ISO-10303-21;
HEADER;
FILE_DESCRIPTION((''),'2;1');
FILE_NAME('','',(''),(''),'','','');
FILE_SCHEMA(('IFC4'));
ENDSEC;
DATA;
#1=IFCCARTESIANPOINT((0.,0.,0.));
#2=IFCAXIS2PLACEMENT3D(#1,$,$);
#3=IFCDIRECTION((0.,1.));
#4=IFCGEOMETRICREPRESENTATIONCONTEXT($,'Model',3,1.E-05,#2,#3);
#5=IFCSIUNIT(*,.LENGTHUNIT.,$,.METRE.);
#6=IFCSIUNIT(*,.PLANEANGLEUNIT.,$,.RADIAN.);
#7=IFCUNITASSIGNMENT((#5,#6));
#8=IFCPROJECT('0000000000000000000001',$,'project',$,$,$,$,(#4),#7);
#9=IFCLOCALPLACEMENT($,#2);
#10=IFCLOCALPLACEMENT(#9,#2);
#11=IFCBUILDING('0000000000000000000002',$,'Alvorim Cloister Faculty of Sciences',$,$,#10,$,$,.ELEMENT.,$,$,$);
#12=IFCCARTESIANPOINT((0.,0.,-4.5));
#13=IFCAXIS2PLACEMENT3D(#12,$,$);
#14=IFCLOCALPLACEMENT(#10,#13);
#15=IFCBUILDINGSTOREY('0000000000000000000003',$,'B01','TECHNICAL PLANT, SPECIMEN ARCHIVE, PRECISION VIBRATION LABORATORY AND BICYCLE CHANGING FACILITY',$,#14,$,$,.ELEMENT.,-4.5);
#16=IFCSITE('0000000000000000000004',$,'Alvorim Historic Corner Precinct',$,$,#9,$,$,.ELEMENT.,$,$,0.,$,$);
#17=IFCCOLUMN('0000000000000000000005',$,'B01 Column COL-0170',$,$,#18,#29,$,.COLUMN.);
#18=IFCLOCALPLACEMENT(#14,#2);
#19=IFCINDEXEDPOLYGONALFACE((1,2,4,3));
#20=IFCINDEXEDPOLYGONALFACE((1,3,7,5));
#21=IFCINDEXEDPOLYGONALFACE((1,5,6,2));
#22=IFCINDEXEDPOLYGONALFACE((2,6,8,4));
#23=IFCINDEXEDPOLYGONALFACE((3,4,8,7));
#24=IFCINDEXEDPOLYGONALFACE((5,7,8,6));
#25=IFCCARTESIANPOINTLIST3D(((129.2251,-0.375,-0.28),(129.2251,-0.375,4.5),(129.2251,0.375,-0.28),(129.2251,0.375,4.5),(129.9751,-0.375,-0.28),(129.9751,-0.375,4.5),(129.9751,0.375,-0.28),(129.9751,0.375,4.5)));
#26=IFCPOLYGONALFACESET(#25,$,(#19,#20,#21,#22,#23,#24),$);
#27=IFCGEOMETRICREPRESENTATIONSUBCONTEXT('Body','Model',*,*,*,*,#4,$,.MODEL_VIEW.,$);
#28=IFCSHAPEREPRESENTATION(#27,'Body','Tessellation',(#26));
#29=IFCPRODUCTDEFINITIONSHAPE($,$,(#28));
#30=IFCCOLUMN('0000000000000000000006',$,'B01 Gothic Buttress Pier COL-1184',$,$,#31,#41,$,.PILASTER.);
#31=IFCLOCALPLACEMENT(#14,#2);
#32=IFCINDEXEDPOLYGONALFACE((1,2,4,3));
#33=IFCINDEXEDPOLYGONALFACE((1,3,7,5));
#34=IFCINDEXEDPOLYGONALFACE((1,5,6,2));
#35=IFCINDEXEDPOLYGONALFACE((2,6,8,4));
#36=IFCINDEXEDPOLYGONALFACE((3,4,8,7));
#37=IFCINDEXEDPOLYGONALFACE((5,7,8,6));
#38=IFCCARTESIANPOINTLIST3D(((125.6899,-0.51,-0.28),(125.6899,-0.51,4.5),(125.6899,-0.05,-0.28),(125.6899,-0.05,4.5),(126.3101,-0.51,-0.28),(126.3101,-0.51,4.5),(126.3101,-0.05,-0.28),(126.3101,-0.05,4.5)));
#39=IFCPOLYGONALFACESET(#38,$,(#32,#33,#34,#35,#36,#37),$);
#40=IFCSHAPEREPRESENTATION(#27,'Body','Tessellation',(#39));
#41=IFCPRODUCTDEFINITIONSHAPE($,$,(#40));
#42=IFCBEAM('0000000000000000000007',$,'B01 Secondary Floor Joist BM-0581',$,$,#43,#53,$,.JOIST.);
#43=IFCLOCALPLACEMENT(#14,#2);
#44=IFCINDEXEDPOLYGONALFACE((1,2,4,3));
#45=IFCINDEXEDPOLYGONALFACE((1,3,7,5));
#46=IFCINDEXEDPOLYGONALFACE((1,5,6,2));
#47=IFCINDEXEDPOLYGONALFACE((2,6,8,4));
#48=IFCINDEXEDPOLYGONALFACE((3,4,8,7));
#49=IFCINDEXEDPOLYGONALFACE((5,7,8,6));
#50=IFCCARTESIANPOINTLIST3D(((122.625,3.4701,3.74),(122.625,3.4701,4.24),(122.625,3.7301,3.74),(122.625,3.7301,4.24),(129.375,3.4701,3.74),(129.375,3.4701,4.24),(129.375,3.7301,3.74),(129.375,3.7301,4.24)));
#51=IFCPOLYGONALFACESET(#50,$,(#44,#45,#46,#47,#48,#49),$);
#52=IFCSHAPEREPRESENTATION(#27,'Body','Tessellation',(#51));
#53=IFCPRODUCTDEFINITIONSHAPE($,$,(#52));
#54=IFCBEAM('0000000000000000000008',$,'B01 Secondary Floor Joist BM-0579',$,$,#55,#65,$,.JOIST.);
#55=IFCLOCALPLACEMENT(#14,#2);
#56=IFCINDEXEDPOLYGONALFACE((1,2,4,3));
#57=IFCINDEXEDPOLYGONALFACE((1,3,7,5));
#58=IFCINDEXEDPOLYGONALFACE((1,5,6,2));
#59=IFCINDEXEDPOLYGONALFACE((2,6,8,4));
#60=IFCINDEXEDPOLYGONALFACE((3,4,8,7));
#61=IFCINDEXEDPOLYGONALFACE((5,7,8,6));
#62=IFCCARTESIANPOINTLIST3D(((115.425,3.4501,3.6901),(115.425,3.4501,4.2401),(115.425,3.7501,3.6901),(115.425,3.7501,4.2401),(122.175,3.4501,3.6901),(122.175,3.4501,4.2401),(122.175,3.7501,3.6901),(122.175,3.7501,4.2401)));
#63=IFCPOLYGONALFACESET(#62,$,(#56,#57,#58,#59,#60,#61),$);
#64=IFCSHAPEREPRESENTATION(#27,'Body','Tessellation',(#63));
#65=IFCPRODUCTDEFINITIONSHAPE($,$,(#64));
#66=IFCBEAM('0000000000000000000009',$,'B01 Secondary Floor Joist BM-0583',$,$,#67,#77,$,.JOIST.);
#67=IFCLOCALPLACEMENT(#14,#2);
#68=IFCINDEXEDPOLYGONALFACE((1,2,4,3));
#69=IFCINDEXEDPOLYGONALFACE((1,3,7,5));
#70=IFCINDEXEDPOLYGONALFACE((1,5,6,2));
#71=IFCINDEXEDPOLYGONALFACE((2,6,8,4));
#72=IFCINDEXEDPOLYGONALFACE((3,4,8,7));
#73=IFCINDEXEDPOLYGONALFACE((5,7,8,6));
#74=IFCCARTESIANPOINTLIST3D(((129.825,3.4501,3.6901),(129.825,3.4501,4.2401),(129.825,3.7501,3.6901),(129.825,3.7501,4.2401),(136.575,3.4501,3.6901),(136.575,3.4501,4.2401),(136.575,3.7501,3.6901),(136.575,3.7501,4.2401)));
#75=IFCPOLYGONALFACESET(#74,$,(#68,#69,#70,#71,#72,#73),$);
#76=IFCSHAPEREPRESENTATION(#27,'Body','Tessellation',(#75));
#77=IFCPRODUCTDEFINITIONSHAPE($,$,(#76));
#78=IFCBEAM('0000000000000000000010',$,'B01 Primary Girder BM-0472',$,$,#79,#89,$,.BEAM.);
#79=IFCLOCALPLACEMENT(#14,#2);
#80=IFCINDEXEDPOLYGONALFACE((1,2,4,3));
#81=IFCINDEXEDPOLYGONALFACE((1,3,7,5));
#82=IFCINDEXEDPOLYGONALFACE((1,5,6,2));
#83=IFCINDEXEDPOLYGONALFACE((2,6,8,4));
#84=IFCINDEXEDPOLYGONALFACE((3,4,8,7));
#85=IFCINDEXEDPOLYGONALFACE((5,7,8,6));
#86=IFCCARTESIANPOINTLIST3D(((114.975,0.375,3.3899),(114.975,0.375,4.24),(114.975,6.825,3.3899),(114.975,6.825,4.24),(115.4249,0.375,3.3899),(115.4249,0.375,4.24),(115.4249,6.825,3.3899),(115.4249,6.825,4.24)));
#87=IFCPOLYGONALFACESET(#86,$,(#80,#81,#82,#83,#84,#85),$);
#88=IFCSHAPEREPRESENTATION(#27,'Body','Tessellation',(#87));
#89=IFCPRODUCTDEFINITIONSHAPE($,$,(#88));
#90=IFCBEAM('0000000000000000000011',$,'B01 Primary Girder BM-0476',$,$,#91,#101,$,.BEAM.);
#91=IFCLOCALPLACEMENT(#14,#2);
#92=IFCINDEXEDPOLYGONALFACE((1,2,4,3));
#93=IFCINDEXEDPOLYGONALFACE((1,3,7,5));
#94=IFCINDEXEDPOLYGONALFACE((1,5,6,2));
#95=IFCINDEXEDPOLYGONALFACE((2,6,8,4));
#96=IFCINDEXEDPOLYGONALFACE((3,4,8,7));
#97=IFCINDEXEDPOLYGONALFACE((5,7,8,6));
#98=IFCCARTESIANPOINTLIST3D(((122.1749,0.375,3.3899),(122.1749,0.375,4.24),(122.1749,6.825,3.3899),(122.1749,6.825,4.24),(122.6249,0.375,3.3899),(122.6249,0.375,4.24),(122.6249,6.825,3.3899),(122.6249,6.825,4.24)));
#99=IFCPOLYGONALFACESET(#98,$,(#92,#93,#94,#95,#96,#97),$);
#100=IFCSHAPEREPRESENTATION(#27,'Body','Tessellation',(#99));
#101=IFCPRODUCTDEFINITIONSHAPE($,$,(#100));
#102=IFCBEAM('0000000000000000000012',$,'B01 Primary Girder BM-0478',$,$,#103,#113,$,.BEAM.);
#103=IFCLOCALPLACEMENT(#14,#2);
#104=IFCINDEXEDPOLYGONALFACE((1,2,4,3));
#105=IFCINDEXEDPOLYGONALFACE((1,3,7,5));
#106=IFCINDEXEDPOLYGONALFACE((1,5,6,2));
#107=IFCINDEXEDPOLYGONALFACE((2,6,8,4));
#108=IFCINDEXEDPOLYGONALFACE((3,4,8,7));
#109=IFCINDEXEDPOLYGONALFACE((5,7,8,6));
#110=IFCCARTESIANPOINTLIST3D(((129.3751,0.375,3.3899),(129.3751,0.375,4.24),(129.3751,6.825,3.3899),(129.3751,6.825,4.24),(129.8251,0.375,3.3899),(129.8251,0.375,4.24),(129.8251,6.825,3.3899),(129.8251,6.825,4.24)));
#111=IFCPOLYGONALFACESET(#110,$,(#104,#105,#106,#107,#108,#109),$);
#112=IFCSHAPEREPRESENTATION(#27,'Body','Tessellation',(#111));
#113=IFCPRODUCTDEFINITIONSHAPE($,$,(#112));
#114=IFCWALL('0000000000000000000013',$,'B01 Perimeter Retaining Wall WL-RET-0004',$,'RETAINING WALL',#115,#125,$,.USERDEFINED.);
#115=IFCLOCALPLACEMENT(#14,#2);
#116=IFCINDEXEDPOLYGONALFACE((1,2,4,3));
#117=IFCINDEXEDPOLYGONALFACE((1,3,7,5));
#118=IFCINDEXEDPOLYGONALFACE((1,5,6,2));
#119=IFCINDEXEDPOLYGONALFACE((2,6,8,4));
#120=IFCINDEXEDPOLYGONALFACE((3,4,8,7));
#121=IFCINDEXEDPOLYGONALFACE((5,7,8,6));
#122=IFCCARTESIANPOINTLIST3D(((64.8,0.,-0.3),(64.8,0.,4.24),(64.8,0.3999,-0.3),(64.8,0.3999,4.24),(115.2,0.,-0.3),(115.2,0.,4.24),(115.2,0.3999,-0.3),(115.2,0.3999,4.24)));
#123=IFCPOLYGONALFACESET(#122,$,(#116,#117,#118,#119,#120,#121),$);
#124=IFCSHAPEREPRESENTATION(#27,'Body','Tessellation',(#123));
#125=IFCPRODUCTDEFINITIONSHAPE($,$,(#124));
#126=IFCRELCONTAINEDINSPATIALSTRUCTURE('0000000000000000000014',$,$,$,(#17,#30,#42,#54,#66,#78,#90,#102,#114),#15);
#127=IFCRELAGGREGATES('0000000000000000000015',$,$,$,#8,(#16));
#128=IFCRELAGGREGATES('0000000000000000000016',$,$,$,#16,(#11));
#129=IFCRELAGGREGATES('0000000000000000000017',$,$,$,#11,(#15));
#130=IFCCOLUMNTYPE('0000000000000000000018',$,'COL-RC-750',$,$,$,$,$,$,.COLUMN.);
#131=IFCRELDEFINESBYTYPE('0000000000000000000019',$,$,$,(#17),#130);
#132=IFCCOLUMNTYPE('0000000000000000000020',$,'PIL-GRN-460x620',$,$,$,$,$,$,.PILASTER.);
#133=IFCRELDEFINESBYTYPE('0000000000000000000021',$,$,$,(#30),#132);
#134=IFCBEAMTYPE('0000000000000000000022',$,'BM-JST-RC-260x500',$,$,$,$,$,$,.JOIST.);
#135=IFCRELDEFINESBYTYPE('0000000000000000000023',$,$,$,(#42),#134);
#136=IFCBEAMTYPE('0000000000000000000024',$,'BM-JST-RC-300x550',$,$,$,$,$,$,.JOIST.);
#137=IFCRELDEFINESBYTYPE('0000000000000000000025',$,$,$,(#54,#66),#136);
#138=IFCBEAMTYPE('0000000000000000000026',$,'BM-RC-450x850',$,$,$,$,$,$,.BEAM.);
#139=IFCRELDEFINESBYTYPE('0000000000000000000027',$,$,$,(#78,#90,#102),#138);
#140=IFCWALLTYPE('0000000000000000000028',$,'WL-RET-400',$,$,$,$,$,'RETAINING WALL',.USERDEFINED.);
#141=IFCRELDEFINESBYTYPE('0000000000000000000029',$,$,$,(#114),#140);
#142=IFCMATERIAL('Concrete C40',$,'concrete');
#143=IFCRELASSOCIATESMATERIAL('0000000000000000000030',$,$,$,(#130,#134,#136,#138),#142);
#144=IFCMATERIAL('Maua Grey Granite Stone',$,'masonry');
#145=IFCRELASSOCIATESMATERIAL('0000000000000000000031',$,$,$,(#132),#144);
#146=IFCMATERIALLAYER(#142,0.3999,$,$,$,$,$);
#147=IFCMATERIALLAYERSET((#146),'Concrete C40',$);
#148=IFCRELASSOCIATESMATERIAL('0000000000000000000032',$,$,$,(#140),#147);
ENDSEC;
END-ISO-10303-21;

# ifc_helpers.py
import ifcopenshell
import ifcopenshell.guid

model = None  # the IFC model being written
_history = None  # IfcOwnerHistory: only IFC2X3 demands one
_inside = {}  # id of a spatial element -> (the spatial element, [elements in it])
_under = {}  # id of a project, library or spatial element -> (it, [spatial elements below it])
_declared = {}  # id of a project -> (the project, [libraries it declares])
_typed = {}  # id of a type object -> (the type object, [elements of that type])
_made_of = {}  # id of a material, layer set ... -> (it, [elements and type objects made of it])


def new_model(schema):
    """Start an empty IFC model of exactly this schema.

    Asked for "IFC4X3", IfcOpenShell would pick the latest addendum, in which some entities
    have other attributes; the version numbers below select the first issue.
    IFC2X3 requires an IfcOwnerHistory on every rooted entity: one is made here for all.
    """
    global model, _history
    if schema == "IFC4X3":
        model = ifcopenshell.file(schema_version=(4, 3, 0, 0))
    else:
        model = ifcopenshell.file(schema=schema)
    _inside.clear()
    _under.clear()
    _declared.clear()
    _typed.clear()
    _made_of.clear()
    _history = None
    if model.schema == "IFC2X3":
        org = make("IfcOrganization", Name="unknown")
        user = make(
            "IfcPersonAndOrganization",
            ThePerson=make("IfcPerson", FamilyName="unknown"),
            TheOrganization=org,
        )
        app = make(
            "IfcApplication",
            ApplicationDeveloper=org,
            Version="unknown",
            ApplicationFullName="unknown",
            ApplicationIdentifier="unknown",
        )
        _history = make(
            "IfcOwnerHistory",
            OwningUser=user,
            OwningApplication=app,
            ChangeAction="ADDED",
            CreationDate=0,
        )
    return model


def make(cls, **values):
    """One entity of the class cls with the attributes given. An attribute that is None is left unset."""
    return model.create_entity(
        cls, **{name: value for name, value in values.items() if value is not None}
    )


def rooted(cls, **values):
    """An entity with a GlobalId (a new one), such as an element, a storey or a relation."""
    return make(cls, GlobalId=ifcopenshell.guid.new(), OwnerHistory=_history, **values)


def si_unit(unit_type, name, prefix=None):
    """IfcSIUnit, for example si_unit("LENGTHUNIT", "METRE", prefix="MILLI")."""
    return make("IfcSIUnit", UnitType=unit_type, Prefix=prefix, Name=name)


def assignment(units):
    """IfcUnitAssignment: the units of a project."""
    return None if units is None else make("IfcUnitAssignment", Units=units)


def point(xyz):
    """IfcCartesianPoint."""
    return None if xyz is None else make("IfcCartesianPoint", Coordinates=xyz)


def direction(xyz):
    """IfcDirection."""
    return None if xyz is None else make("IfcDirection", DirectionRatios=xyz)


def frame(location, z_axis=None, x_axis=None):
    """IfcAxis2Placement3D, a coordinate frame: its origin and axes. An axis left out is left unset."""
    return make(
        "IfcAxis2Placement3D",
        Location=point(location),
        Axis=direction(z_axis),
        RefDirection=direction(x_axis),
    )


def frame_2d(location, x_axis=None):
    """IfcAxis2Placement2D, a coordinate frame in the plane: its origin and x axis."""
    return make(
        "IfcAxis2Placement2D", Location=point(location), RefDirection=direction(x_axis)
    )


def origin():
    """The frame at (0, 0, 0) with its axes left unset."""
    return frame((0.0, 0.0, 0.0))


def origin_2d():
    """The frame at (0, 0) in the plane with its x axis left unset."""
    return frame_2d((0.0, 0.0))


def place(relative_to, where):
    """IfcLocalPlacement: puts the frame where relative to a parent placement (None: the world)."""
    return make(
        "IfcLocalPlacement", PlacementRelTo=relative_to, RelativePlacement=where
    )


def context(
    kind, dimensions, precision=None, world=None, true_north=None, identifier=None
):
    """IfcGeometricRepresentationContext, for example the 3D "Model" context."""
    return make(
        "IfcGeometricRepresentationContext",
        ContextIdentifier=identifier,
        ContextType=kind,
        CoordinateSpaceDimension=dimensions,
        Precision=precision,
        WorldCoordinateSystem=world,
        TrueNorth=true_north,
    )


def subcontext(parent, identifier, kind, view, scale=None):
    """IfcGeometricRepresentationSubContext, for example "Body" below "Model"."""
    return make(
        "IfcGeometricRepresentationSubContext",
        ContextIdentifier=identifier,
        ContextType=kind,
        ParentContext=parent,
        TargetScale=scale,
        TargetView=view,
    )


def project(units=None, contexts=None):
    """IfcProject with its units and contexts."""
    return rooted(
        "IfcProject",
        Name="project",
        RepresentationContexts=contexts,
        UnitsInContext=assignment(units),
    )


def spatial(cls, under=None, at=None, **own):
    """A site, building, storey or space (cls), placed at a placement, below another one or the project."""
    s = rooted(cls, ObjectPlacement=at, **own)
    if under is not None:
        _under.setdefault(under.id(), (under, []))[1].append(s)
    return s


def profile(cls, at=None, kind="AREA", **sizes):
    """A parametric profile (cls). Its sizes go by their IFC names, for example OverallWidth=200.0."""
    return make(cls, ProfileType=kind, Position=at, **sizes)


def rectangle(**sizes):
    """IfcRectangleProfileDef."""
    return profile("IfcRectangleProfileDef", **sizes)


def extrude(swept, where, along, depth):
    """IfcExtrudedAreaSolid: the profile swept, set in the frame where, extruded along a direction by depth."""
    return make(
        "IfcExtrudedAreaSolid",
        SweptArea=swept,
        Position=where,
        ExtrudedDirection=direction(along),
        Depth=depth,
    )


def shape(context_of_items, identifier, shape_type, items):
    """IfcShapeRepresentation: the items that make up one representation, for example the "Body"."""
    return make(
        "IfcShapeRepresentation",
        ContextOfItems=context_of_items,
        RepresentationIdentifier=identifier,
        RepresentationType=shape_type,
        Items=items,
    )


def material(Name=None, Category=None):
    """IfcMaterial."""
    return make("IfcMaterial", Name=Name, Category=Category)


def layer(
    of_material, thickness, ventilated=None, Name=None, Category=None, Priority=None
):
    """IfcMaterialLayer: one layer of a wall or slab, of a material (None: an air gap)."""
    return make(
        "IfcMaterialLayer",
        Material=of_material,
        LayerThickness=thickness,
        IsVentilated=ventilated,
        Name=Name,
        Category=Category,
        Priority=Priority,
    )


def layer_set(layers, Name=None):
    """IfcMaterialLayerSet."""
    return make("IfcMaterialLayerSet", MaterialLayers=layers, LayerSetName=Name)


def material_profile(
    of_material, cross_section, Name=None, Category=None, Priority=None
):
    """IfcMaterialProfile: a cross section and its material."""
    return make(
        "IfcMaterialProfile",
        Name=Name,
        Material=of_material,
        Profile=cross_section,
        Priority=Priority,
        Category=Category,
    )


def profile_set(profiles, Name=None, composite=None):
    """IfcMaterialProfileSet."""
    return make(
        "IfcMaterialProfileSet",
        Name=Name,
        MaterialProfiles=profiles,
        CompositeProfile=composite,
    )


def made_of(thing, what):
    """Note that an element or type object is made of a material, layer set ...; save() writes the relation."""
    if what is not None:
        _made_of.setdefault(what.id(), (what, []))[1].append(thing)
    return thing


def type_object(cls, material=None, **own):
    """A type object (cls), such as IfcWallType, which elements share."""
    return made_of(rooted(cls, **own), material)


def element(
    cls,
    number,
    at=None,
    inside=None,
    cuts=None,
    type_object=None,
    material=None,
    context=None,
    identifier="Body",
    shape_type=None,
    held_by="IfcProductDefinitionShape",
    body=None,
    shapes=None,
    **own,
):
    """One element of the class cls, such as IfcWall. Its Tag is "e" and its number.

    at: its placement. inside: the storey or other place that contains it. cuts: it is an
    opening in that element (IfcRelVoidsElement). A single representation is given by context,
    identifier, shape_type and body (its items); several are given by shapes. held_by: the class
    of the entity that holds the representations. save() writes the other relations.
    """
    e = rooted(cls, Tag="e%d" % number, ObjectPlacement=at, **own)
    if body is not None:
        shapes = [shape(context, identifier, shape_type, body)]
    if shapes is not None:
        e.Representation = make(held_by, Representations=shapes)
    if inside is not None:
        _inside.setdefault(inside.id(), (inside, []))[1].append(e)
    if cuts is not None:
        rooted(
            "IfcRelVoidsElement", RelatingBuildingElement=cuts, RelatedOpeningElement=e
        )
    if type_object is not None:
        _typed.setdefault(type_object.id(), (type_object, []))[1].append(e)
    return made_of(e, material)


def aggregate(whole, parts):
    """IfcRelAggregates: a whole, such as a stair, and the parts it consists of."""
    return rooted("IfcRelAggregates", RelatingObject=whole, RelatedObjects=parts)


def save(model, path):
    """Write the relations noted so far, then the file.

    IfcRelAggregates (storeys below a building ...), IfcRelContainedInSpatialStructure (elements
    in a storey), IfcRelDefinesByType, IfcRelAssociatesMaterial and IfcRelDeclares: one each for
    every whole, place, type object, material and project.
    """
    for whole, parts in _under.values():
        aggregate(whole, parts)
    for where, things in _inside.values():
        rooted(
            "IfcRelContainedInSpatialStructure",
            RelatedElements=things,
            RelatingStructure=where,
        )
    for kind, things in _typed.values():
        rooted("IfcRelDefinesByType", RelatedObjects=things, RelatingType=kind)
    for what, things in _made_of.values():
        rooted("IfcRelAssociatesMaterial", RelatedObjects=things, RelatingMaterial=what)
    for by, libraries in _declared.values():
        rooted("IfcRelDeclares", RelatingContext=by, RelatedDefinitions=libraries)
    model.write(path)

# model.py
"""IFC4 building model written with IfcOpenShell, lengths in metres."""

from ifc_helpers import new_model, si_unit, direction, frame, frame_2d, origin, origin_2d, place, context, subcontext, project, spatial, rectangle, extrude, material, layer, layer_set, material_profile, profile_set, type_object, element, save


model = new_model("IFC4")

# Units and contexts
model_context = context("Model", 3, precision=1e-05, world=origin(), true_north=direction((0.0, 1.0)))
body_context = subcontext(model_context, "Body", "Model", "MODEL_VIEW")
ifc_project = project(units=[si_unit("LENGTHUNIT", "METRE"), si_unit("PLANEANGLEUNIT", "RADIAN")], contexts=[model_context])

# Site, building, storey
site_placement = place(None, origin())
site = spatial("IfcSite", under=ifc_project, at=site_placement, Name="Alvorim Historic Corner Precinct", CompositionType="ELEMENT", RefElevation=0.0)
building_placement = place(site_placement, origin())
building = spatial("IfcBuilding", under=site, at=building_placement, Name="Alvorim Cloister Faculty of Sciences", CompositionType="ELEMENT")
storey_placement = place(building_placement, frame((0.0, 0.0, -4.5)))
storey = spatial("IfcBuildingStorey", under=building, at=storey_placement, Name="B01", Description="TECHNICAL PLANT, SPECIMEN ARCHIVE, PRECISION VIBRATION LABORATORY AND BICYCLE CHANGING FACILITY", CompositionType="ELEMENT", Elevation=-4.5)

# Shared definitions
ifc_material_1 = material(Name="Concrete C40", Category="concrete")

# Columns
ifc_material_profile_1 = material_profile(ifc_material_1, rectangle(XDim=0.75, YDim=0.75, at=origin_2d()), Name="RC40-COL-750x750")
ifc_profile_set_1 = profile_set([ifc_material_profile_1], Name="Concrete C40")
column_type_1 = type_object("IfcColumnType", Name="COL-RC-750", PredefinedType="COLUMN", material=ifc_profile_set_1)
for number, where, z_axis, x_axis, name in (
    (1, (129.6001, 0.0, -0.28), (0.0, 0.0, 1.0), (1.0, 0.0, 0.0), "B01 Column COL-0170"),
):
    element("IfcColumn", number, at=place(storey_placement, frame(where, z_axis=z_axis, x_axis=x_axis)), inside=storey, type_object=column_type_1, Name=name, PredefinedType="COLUMN", context=body_context, shape_type="SweptSolid", body=[
        extrude(rectangle(XDim=0.75, YDim=0.75, at=origin_2d()), origin(), (0.0, 0.0, 1.0), 4.78),
    ])
ifc_material_2 = material(Name="Maua Grey Granite Stone", Category="masonry")
ifc_material_profile_2 = material_profile(ifc_material_2, rectangle(XDim=0.46, YDim=0.6201, at=origin_2d()), Name="GRN-PIER-460x620")
ifc_profile_set_2 = profile_set([ifc_material_profile_2], Name="Maua Grey Granite Stone")
column_type_2 = type_object("IfcColumnType", Name="PIL-GRN-460x620", PredefinedType="PILASTER", material=ifc_profile_set_2)
column_1_placement = place(storey_placement, frame((126.0, -0.28, -0.28), z_axis=(0.0, 0.0, 1.0), x_axis=(0.0, 1.0, 0.0)))
element("IfcColumn", 2, at=column_1_placement, inside=storey, type_object=column_type_2, Name="B01 Gothic Buttress Pier COL-1184", PredefinedType="PILASTER", context=body_context, shape_type="SweptSolid", body=[
    extrude(rectangle(XDim=0.46, YDim=0.6201, at=origin_2d()), origin(), (0.0, 0.0, 1.0), 4.78),
])

# Beams
ifc_material_profile_3 = material_profile(ifc_material_1, rectangle(XDim=0.26, YDim=0.5, at=origin_2d()), Name="RC40-JST-260x500")
ifc_profile_set_3 = profile_set([ifc_material_profile_3], Name="Concrete C40")
beam_type_1 = type_object("IfcBeamType", Name="BM-JST-RC-260x500", PredefinedType="JOIST", material=ifc_profile_set_3)
beam_placement = place(storey_placement, frame((122.625, 3.6001, 3.99), z_axis=(1.0, 0.0, 0.0), x_axis=(0.0, 1.0, 0.0)))
element("IfcBeam", 3, at=beam_placement, inside=storey, type_object=beam_type_1, Name="B01 Secondary Floor Joist BM-0581", PredefinedType="JOIST", context=body_context, shape_type="SweptSolid", body=[
    extrude(rectangle(XDim=0.26, YDim=0.5, at=origin_2d()), origin(), (0.0, 0.0, 1.0), 6.75),
])
ifc_material_profile_4 = material_profile(ifc_material_1, rectangle(XDim=0.3, YDim=0.55, at=origin_2d()), Name="RC40-JST-300x550")
ifc_profile_set_4 = profile_set([ifc_material_profile_4], Name="Concrete C40")
beam_type_2 = type_object("IfcBeamType", Name="BM-JST-RC-300x550", PredefinedType="JOIST", material=ifc_profile_set_4)
for number, where, z_axis, x_axis, name in (
    (4, (115.425, 3.6001, 3.9651), (1.0, 0.0, 0.0), (0.0, 1.0, 0.0), "B01 Secondary Floor Joist BM-0579"),
    (5, (129.825, 3.6001, 3.9651), (1.0, 0.0, 0.0), (0.0, 1.0, 0.0), "B01 Secondary Floor Joist BM-0583"),
):
    element("IfcBeam", number, at=place(storey_placement, frame(where, z_axis=z_axis, x_axis=x_axis)), inside=storey, type_object=beam_type_2, Name=name, PredefinedType="JOIST", context=body_context, shape_type="SweptSolid", body=[
        extrude(rectangle(XDim=0.3, YDim=0.55, at=origin_2d()), origin(), (0.0, 0.0, 1.0), 6.75),
    ])
ifc_material_profile_5 = material_profile(ifc_material_1, rectangle(XDim=0.45, YDim=0.8501, at=origin_2d()), Name="RC40-BM-450x850")
ifc_profile_set_5 = profile_set([ifc_material_profile_5], Name="Concrete C40")
beam_type_3 = type_object("IfcBeamType", Name="BM-RC-450x850", PredefinedType="BEAM", material=ifc_profile_set_5)
for number, where, z_axis, x_axis, name in (
    (6, (115.2, 0.375, 3.8149), (0.0, 1.0, 0.0), (-1.0, 0.0, 0.0), "B01 Primary Girder BM-0472"),
    (7, (122.3999, 0.375, 3.8149), (0.0, 1.0, 0.0), (-1.0, 0.0, 0.0), "B01 Primary Girder BM-0476"),
    (8, (129.6001, 0.375, 3.8149), (0.0, 1.0, 0.0), (-1.0, 0.0, 0.0), "B01 Primary Girder BM-0478"),
):
    element("IfcBeam", number, at=place(storey_placement, frame(where, z_axis=z_axis, x_axis=x_axis)), inside=storey, type_object=beam_type_3, Name=name, PredefinedType="BEAM", context=body_context, shape_type="SweptSolid", body=[
        extrude(rectangle(XDim=0.45, YDim=0.8501, at=origin_2d()), origin(), (0.0, 0.0, 1.0), 6.45),
    ])

# Wall
ifc_layer = layer(ifc_material_1, 0.3999)
ifc_layer_set = layer_set([ifc_layer], Name="Concrete C40")
wall_type = type_object("IfcWallType", Name="WL-RET-400", ElementType="RETAINING WALL", PredefinedType="USERDEFINED", material=ifc_layer_set)
wall_placement = place(storey_placement, frame((115.2, 0.2, -0.3), z_axis=(0.0, 0.0, 1.0), x_axis=(-1.0, 0.0, 0.0)))
element("IfcWall", 9, at=wall_placement, inside=storey, type_object=wall_type, Name="B01 Perimeter Retaining Wall WL-RET-0004", ObjectType="RETAINING WALL", PredefinedType="USERDEFINED", context=body_context, shape_type="SweptSolid", body=[
    extrude(rectangle(XDim=50.3999, YDim=0.3999, at=frame_2d((25.2, 0.0))), origin(), (0.0, 0.0, 1.0), 4.54),
])

save(model, "model.ifc")
